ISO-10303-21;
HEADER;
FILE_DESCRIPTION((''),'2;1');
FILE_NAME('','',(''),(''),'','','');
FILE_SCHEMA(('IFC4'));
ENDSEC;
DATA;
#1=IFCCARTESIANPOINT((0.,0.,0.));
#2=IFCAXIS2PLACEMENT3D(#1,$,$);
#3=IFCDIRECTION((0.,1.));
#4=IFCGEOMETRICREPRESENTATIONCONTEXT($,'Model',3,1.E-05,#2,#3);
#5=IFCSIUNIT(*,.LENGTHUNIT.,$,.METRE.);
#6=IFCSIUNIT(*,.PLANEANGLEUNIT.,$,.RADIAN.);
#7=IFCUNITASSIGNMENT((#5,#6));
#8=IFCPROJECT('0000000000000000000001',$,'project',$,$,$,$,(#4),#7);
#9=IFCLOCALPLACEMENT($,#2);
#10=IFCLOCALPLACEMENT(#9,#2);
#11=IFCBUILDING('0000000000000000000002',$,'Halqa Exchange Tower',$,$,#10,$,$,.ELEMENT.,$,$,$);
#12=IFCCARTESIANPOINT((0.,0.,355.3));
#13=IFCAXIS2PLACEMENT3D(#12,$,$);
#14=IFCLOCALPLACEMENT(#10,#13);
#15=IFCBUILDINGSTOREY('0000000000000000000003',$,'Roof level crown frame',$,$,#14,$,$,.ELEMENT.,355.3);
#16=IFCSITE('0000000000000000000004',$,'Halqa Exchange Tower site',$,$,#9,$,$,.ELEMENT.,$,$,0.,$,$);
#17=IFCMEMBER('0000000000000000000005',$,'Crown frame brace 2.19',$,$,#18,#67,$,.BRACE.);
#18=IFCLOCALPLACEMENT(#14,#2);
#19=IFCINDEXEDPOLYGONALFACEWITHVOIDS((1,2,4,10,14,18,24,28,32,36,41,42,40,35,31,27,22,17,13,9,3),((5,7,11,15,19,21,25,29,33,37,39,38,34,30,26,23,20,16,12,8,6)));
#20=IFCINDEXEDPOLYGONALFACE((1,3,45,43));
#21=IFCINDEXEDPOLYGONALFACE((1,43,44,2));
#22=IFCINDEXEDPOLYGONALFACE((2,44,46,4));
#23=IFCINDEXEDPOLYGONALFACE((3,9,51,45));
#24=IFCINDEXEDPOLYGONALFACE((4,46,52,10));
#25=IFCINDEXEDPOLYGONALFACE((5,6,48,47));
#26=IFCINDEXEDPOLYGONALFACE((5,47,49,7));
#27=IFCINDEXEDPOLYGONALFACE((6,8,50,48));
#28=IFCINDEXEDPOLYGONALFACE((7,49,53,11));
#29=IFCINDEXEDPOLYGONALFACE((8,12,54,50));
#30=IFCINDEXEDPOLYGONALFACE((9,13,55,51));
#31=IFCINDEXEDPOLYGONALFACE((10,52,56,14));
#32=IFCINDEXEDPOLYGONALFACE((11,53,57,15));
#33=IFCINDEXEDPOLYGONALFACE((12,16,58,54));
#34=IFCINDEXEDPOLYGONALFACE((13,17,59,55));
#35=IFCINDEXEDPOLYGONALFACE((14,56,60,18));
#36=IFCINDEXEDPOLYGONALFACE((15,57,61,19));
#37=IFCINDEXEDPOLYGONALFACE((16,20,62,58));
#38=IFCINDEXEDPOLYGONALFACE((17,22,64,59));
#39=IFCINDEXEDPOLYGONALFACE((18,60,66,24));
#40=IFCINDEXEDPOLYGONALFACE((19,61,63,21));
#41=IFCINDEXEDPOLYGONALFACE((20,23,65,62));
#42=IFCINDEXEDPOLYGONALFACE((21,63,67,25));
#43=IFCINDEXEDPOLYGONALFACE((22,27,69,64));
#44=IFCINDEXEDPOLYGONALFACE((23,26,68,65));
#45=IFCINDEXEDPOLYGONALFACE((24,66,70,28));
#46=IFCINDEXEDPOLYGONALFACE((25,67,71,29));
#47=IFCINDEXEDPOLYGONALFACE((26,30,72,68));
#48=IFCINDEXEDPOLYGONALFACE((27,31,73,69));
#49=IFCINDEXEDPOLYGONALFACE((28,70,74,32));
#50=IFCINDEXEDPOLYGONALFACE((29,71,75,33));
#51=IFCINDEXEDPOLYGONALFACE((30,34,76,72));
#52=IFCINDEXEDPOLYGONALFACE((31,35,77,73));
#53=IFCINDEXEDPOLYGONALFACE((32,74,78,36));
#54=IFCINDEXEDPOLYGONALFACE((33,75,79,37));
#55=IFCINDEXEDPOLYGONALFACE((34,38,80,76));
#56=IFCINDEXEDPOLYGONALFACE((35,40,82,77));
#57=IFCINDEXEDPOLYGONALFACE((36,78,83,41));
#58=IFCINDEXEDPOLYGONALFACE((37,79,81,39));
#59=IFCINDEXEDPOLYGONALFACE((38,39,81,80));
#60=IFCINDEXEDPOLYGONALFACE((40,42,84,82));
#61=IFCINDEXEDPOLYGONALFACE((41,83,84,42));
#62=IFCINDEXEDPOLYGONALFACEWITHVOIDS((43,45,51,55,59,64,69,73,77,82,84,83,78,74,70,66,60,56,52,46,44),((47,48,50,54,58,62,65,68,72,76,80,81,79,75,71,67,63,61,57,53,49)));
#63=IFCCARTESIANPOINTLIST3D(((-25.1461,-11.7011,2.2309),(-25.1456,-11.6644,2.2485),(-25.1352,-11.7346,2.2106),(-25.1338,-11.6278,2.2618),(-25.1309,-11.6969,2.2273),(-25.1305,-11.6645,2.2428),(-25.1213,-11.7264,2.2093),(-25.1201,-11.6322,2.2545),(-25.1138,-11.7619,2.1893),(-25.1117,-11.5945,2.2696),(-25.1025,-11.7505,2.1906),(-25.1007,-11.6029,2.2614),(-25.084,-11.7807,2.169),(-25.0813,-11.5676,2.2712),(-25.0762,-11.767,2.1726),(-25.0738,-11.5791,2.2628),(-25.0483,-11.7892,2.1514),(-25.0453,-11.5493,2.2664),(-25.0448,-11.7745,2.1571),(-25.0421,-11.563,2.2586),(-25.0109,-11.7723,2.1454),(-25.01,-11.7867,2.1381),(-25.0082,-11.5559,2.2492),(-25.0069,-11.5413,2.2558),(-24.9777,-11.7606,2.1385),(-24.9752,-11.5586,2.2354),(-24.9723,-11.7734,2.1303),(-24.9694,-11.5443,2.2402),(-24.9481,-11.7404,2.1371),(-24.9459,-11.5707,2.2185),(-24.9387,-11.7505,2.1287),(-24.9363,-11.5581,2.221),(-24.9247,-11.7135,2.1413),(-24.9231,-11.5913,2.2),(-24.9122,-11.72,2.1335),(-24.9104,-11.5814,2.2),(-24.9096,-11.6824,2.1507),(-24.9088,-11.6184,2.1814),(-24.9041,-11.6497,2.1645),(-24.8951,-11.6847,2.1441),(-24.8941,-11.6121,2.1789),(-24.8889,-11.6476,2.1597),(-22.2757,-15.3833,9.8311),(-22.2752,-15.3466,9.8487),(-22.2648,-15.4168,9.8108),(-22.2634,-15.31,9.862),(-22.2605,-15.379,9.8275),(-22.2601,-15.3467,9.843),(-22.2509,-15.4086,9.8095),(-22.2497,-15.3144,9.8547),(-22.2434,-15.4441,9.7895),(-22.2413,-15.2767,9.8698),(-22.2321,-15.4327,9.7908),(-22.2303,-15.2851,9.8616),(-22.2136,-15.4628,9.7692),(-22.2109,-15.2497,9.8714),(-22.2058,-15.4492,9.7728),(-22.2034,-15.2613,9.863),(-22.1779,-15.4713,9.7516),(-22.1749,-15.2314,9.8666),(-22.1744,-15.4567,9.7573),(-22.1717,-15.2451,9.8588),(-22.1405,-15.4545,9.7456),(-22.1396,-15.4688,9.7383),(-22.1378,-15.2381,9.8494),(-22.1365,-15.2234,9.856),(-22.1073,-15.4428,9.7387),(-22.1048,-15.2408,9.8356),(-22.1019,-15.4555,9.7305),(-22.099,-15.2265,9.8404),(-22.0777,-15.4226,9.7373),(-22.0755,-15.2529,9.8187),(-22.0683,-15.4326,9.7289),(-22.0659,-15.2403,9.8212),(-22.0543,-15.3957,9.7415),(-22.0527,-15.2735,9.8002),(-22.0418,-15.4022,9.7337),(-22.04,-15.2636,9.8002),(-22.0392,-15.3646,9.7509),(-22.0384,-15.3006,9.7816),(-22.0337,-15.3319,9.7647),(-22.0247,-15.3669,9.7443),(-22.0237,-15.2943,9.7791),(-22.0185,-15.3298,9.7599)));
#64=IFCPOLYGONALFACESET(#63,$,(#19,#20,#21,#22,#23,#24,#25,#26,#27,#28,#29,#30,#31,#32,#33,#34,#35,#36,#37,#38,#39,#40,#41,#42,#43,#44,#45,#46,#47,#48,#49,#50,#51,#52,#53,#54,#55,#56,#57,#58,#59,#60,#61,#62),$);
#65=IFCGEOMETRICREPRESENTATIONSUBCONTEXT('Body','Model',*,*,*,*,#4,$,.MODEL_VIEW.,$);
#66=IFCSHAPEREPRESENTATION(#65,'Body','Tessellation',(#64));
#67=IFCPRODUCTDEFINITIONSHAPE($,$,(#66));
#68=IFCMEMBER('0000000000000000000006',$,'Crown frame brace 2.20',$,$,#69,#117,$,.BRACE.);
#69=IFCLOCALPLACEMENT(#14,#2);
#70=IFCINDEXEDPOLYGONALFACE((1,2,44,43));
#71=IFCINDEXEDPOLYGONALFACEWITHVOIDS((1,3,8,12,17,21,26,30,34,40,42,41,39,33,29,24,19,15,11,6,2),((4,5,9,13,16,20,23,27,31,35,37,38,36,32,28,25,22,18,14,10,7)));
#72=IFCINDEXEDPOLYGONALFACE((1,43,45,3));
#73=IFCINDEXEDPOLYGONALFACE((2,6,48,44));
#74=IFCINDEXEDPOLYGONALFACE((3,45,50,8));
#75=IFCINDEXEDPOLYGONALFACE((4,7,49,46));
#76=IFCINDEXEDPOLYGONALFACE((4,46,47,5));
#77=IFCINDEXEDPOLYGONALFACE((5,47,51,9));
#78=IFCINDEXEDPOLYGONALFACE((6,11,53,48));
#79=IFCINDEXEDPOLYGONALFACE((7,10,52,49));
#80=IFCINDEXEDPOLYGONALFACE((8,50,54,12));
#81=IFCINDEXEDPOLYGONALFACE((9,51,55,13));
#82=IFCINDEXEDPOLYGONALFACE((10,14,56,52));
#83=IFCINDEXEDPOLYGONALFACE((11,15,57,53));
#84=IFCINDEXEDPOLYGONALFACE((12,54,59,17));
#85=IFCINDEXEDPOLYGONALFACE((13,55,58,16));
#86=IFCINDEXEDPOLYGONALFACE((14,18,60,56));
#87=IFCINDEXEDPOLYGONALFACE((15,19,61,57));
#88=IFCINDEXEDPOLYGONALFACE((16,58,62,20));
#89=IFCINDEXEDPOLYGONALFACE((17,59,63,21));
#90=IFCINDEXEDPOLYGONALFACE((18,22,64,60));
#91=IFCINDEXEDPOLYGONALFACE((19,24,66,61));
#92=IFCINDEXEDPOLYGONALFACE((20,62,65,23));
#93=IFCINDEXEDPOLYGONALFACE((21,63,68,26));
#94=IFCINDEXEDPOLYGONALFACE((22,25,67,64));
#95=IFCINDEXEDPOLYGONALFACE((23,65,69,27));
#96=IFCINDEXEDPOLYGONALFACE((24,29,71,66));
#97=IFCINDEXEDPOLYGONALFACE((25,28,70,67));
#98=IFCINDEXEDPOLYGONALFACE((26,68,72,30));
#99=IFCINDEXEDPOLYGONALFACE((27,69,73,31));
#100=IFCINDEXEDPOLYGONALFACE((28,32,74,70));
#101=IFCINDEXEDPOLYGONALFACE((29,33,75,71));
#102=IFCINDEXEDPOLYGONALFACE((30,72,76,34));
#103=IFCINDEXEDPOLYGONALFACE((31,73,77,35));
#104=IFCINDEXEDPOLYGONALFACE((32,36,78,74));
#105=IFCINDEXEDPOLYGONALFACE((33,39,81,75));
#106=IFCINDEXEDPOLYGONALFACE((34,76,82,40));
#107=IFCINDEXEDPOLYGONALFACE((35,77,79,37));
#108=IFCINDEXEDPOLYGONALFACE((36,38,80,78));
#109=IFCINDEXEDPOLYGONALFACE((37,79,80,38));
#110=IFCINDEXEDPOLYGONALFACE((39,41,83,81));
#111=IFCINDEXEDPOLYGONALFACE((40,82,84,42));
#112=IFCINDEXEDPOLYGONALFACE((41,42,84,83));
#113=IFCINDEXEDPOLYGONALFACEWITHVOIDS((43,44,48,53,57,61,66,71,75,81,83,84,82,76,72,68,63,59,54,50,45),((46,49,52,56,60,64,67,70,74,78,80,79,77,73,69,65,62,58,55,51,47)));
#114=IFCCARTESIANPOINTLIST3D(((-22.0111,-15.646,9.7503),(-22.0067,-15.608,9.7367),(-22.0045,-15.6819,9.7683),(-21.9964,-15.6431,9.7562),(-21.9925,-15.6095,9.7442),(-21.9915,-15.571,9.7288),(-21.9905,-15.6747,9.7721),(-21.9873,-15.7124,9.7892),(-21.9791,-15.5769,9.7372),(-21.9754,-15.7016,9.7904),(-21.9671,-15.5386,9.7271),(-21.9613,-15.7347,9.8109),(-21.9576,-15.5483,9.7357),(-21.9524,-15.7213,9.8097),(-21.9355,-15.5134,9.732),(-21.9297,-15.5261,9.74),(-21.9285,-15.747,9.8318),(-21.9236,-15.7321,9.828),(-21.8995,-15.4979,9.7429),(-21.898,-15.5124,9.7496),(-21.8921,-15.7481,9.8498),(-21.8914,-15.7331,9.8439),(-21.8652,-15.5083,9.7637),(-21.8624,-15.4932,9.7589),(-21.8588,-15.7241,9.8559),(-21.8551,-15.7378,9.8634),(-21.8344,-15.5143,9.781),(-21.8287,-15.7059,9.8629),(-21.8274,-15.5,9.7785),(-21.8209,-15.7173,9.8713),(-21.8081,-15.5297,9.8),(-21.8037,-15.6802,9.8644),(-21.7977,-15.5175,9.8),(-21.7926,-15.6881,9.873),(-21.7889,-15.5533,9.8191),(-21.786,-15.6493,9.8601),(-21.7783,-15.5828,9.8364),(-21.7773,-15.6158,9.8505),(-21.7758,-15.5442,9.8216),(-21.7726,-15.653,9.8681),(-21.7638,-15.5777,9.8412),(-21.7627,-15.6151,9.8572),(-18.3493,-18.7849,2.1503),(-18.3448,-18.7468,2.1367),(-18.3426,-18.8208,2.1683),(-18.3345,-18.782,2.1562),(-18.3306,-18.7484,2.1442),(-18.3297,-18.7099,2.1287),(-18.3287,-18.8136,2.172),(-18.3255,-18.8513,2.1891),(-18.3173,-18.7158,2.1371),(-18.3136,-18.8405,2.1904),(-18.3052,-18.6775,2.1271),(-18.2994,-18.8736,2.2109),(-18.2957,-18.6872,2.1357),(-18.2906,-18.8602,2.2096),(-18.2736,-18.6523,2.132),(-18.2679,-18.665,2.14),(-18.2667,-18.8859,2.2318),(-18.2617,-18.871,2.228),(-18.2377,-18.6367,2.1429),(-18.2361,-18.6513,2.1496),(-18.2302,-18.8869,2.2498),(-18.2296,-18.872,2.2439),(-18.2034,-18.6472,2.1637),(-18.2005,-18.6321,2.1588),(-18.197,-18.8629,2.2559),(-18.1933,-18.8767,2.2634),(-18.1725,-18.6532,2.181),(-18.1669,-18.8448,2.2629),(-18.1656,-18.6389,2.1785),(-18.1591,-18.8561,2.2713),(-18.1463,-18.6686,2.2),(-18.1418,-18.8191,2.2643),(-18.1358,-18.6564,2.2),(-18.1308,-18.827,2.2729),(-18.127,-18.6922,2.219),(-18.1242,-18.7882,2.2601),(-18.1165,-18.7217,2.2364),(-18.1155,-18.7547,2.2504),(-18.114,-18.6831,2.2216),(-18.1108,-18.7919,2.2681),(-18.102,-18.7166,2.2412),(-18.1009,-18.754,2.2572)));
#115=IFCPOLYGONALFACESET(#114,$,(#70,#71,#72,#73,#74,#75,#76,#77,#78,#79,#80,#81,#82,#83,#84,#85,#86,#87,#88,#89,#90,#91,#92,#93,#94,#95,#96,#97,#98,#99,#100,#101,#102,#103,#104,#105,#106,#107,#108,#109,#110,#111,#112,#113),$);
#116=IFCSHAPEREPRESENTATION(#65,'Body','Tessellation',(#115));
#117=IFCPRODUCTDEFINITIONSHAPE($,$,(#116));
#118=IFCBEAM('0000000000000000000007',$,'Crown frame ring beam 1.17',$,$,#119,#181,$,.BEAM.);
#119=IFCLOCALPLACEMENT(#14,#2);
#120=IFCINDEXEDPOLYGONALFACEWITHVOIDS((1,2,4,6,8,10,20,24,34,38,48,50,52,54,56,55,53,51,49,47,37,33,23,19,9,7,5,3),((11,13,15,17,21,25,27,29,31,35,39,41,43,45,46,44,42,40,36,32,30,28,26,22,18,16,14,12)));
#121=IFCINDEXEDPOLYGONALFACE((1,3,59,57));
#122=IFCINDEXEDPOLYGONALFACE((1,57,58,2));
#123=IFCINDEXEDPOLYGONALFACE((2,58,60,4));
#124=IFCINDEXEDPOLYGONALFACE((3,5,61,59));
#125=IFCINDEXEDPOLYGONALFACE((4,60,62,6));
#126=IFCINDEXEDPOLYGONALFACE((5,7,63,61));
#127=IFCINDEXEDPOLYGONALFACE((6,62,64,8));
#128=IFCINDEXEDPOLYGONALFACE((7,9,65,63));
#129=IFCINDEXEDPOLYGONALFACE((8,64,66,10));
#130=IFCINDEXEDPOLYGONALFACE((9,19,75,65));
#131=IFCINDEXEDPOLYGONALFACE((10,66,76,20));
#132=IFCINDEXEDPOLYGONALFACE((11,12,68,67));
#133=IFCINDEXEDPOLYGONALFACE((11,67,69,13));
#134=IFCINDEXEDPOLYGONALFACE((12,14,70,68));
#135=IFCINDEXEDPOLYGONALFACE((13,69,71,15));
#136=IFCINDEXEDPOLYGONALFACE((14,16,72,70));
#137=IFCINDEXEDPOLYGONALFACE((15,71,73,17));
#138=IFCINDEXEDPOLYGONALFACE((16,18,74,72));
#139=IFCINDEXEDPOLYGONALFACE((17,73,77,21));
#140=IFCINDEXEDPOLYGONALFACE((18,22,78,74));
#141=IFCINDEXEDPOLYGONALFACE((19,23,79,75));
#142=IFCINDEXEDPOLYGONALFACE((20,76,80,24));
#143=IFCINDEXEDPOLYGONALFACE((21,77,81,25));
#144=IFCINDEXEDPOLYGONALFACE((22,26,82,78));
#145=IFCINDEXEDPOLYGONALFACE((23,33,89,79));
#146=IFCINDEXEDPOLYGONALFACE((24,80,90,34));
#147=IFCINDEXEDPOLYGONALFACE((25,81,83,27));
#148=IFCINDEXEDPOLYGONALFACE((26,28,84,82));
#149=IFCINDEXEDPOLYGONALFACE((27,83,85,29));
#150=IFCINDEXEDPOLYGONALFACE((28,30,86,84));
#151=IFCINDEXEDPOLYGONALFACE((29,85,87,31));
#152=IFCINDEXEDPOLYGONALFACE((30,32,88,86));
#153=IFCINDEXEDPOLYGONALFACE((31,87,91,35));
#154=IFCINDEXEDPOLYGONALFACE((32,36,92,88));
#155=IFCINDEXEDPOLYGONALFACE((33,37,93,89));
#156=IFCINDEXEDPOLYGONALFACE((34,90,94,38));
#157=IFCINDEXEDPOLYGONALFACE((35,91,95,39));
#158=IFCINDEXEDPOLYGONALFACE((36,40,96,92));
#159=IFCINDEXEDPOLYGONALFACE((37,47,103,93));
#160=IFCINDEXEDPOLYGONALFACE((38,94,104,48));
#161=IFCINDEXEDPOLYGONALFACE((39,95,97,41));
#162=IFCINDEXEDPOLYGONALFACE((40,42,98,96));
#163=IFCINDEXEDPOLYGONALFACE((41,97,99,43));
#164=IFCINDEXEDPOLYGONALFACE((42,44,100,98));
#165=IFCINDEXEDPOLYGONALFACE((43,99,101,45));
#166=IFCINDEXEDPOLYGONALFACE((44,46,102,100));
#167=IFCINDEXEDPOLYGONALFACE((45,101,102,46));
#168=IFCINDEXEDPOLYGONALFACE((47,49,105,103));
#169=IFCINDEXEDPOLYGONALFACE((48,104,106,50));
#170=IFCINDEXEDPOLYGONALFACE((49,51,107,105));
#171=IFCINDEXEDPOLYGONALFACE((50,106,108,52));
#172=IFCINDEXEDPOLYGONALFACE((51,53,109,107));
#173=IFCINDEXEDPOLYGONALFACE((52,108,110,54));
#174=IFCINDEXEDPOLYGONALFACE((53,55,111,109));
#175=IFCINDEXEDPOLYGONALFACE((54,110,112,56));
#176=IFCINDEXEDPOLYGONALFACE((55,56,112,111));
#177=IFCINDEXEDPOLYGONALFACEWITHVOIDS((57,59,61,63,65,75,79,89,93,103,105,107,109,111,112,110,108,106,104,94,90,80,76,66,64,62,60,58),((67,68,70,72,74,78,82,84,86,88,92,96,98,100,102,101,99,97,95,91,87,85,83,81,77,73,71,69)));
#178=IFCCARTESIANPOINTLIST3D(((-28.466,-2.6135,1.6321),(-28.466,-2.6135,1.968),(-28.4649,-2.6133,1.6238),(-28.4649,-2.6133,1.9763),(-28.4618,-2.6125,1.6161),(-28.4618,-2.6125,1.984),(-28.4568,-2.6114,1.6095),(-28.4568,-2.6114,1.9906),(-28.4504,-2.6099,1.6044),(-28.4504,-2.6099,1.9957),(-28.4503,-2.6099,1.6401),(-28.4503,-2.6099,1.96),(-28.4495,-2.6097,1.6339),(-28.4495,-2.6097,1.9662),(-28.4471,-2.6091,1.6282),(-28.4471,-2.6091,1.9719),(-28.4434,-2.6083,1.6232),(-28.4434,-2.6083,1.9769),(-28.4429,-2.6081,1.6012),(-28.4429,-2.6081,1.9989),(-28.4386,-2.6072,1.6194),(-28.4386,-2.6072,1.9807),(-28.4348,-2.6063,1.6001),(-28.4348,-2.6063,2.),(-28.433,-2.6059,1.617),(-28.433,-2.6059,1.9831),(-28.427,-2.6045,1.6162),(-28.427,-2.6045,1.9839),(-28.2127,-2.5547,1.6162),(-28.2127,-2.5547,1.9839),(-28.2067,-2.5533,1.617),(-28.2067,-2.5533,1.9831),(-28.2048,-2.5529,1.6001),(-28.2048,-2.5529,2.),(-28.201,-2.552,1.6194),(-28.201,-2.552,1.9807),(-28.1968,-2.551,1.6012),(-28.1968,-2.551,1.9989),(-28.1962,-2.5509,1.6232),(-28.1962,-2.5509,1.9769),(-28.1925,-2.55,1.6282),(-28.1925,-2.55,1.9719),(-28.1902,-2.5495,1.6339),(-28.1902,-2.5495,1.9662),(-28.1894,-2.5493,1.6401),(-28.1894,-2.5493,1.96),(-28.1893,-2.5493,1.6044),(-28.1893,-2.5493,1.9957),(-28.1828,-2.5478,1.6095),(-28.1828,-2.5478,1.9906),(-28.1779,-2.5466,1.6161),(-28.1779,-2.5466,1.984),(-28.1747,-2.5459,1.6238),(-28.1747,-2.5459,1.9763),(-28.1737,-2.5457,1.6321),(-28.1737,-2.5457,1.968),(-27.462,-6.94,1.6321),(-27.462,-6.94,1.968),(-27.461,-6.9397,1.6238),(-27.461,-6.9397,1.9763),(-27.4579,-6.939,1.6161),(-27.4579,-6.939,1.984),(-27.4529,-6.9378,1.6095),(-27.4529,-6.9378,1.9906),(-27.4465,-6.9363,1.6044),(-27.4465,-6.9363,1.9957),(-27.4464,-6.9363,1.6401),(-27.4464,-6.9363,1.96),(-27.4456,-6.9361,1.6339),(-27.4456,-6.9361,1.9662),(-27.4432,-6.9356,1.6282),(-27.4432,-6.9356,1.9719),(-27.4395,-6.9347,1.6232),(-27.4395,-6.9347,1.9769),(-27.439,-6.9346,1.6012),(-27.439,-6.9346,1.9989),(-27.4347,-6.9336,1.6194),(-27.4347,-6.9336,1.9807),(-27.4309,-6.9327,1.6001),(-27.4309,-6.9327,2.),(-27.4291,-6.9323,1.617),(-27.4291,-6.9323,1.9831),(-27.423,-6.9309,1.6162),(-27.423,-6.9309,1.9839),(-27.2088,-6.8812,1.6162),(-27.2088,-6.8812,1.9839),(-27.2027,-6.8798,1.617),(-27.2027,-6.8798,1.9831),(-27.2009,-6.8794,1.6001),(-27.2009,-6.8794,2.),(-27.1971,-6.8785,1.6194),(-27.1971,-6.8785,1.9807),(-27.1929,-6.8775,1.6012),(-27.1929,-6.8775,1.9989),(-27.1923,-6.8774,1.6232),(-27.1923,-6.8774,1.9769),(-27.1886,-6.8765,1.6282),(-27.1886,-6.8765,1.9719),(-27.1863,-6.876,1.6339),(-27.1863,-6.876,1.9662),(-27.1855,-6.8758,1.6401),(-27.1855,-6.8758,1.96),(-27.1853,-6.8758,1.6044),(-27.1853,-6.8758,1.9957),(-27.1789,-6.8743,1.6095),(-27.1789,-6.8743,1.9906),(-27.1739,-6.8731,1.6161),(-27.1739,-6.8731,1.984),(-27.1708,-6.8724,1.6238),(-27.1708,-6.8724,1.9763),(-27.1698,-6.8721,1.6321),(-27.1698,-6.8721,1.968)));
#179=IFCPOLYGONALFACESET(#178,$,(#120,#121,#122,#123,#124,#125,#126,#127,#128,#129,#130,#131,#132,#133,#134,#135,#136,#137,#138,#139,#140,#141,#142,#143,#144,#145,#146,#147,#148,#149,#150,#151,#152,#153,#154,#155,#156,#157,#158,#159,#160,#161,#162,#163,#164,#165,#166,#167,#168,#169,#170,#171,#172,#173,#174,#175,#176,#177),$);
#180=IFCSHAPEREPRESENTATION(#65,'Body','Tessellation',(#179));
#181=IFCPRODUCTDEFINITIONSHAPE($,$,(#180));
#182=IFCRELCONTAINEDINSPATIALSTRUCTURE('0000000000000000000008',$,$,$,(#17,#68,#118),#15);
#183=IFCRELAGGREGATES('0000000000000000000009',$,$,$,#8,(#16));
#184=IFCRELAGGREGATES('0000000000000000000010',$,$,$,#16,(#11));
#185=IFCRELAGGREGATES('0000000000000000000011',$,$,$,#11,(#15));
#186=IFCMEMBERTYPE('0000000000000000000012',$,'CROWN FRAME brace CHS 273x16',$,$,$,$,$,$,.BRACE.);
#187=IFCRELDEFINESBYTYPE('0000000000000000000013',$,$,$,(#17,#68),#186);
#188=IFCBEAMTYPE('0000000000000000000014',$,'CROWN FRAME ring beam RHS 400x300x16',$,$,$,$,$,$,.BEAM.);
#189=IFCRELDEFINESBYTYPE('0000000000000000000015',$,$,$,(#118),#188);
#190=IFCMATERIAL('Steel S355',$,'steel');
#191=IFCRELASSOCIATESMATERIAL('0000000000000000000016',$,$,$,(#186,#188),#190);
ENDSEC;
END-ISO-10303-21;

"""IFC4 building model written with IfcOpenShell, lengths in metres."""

from ifc_helpers import new_model, si_unit, direction, frame, origin, origin_2d, place, context, subcontext, project, spatial, hollow_rectangle, hollow_circle, extrude, material, material_profile, profile_set, type_object, element, save


model = new_model("IFC4")

# Units and contexts
model_context = context("Model", 3, precision=1e-05, world=origin(), true_north=direction((0.0, 1.0)))
body_context = subcontext(model_context, "Body", "Model", "MODEL_VIEW")
ifc_project = project(units=[si_unit("LENGTHUNIT", "METRE"), si_unit("PLANEANGLEUNIT", "RADIAN")], contexts=[model_context])

# Site, building, storey
site_placement = place(None, origin())
site = spatial("IfcSite", under=ifc_project, at=site_placement, Name="Halqa Exchange Tower site", CompositionType="ELEMENT", RefElevation=0.0)
building_placement = place(site_placement, origin())
building = spatial("IfcBuilding", under=site, at=building_placement, Name="Halqa Exchange Tower", CompositionType="ELEMENT")
storey_placement = place(building_placement, frame((0.0, 0.0, 355.3)))
storey = spatial("IfcBuildingStorey", under=building, at=storey_placement, Name="Roof level crown frame", CompositionType="ELEMENT", Elevation=355.3)

# Shared definitions
ifc_material_1 = material(Name="Steel S355", Category="steel")

# Members
ifc_material_profile_1 = material_profile(ifc_material_1, hollow_circle(Radius=0.1365, WallThickness=0.0161, at=origin_2d()), Name="CHS 273x16")
ifc_profile_set_1 = profile_set([ifc_material_profile_1], Name="Steel S355")
member_type = type_object("IfcMemberType", Name="CROWN FRAME brace CHS 273x16", PredefinedType="BRACE", material=ifc_profile_set_1)
member_1_placement = place(storey_placement, frame((-25.0181, -11.6653, 2.2), z_axis=(0.321805, -0.412815, 0.852071), x_axis=(0.788679, 0.614805, 0.0)))
element("IfcMember", 1, at=member_1_placement, inside=storey, type_object=member_type, Name="Crown frame brace 2.19", PredefinedType="BRACE", context=body_context, shape_type="SweptSolid", body=[
    extrude(hollow_circle(Radius=0.1365, WallThickness=0.0161, at=origin_2d()), origin(), (0.0, 0.0, 1.0), 8.9197),
])
member_2_placement = place(storey_placement, frame((-21.8865, -15.6211, 9.8), z_axis=(0.406815, -0.348718, -0.844333), x_axis=(0.650812, 0.759239, 0.0)))
element("IfcMember", 2, at=member_2_placement, inside=storey, type_object=member_type, Name="Crown frame brace 2.20", PredefinedType="BRACE", context=body_context, shape_type="SweptSolid", body=[
    extrude(hollow_circle(Radius=0.1365, WallThickness=0.0161, at=origin_2d()), origin(), (0.0, 0.0, 1.0), 9.0012),
])

# Beam
ifc_material_profile_2 = material_profile(ifc_material_1, hollow_rectangle(XDim=0.3, YDim=0.3999, WallThickness=0.0161, InnerFilletRadius=0.0239, OuterFilletRadius=0.032, at=origin_2d()), Name="RHS 400x300x16")
ifc_profile_set_2 = profile_set([ifc_material_profile_2], Name="Steel S355")
beam_type = type_object("IfcBeamType", Name="CROWN FRAME ring beam RHS 400x300x16", PredefinedType="BEAM", material=ifc_profile_set_2)
beam_1_placement = place(storey_placement, frame((-28.3198, -2.5796, 1.8), z_axis=(0.226036, -0.974119, 0.0), x_axis=(0.974119, 0.226036, 0.0)))
element("IfcBeam", 3, at=beam_1_placement, inside=storey, type_object=beam_type, Name="Crown frame ring beam 1.17", PredefinedType="BEAM", context=body_context, shape_type="SweptSolid", body=[
    extrude(hollow_rectangle(XDim=0.3, YDim=0.3999, WallThickness=0.0161, InnerFilletRadius=0.0239, OuterFilletRadius=0.032, at=origin_2d()), origin(), (0.0, 0.0, 1.0), 4.4414),
])

save(model, "model.ifc")
